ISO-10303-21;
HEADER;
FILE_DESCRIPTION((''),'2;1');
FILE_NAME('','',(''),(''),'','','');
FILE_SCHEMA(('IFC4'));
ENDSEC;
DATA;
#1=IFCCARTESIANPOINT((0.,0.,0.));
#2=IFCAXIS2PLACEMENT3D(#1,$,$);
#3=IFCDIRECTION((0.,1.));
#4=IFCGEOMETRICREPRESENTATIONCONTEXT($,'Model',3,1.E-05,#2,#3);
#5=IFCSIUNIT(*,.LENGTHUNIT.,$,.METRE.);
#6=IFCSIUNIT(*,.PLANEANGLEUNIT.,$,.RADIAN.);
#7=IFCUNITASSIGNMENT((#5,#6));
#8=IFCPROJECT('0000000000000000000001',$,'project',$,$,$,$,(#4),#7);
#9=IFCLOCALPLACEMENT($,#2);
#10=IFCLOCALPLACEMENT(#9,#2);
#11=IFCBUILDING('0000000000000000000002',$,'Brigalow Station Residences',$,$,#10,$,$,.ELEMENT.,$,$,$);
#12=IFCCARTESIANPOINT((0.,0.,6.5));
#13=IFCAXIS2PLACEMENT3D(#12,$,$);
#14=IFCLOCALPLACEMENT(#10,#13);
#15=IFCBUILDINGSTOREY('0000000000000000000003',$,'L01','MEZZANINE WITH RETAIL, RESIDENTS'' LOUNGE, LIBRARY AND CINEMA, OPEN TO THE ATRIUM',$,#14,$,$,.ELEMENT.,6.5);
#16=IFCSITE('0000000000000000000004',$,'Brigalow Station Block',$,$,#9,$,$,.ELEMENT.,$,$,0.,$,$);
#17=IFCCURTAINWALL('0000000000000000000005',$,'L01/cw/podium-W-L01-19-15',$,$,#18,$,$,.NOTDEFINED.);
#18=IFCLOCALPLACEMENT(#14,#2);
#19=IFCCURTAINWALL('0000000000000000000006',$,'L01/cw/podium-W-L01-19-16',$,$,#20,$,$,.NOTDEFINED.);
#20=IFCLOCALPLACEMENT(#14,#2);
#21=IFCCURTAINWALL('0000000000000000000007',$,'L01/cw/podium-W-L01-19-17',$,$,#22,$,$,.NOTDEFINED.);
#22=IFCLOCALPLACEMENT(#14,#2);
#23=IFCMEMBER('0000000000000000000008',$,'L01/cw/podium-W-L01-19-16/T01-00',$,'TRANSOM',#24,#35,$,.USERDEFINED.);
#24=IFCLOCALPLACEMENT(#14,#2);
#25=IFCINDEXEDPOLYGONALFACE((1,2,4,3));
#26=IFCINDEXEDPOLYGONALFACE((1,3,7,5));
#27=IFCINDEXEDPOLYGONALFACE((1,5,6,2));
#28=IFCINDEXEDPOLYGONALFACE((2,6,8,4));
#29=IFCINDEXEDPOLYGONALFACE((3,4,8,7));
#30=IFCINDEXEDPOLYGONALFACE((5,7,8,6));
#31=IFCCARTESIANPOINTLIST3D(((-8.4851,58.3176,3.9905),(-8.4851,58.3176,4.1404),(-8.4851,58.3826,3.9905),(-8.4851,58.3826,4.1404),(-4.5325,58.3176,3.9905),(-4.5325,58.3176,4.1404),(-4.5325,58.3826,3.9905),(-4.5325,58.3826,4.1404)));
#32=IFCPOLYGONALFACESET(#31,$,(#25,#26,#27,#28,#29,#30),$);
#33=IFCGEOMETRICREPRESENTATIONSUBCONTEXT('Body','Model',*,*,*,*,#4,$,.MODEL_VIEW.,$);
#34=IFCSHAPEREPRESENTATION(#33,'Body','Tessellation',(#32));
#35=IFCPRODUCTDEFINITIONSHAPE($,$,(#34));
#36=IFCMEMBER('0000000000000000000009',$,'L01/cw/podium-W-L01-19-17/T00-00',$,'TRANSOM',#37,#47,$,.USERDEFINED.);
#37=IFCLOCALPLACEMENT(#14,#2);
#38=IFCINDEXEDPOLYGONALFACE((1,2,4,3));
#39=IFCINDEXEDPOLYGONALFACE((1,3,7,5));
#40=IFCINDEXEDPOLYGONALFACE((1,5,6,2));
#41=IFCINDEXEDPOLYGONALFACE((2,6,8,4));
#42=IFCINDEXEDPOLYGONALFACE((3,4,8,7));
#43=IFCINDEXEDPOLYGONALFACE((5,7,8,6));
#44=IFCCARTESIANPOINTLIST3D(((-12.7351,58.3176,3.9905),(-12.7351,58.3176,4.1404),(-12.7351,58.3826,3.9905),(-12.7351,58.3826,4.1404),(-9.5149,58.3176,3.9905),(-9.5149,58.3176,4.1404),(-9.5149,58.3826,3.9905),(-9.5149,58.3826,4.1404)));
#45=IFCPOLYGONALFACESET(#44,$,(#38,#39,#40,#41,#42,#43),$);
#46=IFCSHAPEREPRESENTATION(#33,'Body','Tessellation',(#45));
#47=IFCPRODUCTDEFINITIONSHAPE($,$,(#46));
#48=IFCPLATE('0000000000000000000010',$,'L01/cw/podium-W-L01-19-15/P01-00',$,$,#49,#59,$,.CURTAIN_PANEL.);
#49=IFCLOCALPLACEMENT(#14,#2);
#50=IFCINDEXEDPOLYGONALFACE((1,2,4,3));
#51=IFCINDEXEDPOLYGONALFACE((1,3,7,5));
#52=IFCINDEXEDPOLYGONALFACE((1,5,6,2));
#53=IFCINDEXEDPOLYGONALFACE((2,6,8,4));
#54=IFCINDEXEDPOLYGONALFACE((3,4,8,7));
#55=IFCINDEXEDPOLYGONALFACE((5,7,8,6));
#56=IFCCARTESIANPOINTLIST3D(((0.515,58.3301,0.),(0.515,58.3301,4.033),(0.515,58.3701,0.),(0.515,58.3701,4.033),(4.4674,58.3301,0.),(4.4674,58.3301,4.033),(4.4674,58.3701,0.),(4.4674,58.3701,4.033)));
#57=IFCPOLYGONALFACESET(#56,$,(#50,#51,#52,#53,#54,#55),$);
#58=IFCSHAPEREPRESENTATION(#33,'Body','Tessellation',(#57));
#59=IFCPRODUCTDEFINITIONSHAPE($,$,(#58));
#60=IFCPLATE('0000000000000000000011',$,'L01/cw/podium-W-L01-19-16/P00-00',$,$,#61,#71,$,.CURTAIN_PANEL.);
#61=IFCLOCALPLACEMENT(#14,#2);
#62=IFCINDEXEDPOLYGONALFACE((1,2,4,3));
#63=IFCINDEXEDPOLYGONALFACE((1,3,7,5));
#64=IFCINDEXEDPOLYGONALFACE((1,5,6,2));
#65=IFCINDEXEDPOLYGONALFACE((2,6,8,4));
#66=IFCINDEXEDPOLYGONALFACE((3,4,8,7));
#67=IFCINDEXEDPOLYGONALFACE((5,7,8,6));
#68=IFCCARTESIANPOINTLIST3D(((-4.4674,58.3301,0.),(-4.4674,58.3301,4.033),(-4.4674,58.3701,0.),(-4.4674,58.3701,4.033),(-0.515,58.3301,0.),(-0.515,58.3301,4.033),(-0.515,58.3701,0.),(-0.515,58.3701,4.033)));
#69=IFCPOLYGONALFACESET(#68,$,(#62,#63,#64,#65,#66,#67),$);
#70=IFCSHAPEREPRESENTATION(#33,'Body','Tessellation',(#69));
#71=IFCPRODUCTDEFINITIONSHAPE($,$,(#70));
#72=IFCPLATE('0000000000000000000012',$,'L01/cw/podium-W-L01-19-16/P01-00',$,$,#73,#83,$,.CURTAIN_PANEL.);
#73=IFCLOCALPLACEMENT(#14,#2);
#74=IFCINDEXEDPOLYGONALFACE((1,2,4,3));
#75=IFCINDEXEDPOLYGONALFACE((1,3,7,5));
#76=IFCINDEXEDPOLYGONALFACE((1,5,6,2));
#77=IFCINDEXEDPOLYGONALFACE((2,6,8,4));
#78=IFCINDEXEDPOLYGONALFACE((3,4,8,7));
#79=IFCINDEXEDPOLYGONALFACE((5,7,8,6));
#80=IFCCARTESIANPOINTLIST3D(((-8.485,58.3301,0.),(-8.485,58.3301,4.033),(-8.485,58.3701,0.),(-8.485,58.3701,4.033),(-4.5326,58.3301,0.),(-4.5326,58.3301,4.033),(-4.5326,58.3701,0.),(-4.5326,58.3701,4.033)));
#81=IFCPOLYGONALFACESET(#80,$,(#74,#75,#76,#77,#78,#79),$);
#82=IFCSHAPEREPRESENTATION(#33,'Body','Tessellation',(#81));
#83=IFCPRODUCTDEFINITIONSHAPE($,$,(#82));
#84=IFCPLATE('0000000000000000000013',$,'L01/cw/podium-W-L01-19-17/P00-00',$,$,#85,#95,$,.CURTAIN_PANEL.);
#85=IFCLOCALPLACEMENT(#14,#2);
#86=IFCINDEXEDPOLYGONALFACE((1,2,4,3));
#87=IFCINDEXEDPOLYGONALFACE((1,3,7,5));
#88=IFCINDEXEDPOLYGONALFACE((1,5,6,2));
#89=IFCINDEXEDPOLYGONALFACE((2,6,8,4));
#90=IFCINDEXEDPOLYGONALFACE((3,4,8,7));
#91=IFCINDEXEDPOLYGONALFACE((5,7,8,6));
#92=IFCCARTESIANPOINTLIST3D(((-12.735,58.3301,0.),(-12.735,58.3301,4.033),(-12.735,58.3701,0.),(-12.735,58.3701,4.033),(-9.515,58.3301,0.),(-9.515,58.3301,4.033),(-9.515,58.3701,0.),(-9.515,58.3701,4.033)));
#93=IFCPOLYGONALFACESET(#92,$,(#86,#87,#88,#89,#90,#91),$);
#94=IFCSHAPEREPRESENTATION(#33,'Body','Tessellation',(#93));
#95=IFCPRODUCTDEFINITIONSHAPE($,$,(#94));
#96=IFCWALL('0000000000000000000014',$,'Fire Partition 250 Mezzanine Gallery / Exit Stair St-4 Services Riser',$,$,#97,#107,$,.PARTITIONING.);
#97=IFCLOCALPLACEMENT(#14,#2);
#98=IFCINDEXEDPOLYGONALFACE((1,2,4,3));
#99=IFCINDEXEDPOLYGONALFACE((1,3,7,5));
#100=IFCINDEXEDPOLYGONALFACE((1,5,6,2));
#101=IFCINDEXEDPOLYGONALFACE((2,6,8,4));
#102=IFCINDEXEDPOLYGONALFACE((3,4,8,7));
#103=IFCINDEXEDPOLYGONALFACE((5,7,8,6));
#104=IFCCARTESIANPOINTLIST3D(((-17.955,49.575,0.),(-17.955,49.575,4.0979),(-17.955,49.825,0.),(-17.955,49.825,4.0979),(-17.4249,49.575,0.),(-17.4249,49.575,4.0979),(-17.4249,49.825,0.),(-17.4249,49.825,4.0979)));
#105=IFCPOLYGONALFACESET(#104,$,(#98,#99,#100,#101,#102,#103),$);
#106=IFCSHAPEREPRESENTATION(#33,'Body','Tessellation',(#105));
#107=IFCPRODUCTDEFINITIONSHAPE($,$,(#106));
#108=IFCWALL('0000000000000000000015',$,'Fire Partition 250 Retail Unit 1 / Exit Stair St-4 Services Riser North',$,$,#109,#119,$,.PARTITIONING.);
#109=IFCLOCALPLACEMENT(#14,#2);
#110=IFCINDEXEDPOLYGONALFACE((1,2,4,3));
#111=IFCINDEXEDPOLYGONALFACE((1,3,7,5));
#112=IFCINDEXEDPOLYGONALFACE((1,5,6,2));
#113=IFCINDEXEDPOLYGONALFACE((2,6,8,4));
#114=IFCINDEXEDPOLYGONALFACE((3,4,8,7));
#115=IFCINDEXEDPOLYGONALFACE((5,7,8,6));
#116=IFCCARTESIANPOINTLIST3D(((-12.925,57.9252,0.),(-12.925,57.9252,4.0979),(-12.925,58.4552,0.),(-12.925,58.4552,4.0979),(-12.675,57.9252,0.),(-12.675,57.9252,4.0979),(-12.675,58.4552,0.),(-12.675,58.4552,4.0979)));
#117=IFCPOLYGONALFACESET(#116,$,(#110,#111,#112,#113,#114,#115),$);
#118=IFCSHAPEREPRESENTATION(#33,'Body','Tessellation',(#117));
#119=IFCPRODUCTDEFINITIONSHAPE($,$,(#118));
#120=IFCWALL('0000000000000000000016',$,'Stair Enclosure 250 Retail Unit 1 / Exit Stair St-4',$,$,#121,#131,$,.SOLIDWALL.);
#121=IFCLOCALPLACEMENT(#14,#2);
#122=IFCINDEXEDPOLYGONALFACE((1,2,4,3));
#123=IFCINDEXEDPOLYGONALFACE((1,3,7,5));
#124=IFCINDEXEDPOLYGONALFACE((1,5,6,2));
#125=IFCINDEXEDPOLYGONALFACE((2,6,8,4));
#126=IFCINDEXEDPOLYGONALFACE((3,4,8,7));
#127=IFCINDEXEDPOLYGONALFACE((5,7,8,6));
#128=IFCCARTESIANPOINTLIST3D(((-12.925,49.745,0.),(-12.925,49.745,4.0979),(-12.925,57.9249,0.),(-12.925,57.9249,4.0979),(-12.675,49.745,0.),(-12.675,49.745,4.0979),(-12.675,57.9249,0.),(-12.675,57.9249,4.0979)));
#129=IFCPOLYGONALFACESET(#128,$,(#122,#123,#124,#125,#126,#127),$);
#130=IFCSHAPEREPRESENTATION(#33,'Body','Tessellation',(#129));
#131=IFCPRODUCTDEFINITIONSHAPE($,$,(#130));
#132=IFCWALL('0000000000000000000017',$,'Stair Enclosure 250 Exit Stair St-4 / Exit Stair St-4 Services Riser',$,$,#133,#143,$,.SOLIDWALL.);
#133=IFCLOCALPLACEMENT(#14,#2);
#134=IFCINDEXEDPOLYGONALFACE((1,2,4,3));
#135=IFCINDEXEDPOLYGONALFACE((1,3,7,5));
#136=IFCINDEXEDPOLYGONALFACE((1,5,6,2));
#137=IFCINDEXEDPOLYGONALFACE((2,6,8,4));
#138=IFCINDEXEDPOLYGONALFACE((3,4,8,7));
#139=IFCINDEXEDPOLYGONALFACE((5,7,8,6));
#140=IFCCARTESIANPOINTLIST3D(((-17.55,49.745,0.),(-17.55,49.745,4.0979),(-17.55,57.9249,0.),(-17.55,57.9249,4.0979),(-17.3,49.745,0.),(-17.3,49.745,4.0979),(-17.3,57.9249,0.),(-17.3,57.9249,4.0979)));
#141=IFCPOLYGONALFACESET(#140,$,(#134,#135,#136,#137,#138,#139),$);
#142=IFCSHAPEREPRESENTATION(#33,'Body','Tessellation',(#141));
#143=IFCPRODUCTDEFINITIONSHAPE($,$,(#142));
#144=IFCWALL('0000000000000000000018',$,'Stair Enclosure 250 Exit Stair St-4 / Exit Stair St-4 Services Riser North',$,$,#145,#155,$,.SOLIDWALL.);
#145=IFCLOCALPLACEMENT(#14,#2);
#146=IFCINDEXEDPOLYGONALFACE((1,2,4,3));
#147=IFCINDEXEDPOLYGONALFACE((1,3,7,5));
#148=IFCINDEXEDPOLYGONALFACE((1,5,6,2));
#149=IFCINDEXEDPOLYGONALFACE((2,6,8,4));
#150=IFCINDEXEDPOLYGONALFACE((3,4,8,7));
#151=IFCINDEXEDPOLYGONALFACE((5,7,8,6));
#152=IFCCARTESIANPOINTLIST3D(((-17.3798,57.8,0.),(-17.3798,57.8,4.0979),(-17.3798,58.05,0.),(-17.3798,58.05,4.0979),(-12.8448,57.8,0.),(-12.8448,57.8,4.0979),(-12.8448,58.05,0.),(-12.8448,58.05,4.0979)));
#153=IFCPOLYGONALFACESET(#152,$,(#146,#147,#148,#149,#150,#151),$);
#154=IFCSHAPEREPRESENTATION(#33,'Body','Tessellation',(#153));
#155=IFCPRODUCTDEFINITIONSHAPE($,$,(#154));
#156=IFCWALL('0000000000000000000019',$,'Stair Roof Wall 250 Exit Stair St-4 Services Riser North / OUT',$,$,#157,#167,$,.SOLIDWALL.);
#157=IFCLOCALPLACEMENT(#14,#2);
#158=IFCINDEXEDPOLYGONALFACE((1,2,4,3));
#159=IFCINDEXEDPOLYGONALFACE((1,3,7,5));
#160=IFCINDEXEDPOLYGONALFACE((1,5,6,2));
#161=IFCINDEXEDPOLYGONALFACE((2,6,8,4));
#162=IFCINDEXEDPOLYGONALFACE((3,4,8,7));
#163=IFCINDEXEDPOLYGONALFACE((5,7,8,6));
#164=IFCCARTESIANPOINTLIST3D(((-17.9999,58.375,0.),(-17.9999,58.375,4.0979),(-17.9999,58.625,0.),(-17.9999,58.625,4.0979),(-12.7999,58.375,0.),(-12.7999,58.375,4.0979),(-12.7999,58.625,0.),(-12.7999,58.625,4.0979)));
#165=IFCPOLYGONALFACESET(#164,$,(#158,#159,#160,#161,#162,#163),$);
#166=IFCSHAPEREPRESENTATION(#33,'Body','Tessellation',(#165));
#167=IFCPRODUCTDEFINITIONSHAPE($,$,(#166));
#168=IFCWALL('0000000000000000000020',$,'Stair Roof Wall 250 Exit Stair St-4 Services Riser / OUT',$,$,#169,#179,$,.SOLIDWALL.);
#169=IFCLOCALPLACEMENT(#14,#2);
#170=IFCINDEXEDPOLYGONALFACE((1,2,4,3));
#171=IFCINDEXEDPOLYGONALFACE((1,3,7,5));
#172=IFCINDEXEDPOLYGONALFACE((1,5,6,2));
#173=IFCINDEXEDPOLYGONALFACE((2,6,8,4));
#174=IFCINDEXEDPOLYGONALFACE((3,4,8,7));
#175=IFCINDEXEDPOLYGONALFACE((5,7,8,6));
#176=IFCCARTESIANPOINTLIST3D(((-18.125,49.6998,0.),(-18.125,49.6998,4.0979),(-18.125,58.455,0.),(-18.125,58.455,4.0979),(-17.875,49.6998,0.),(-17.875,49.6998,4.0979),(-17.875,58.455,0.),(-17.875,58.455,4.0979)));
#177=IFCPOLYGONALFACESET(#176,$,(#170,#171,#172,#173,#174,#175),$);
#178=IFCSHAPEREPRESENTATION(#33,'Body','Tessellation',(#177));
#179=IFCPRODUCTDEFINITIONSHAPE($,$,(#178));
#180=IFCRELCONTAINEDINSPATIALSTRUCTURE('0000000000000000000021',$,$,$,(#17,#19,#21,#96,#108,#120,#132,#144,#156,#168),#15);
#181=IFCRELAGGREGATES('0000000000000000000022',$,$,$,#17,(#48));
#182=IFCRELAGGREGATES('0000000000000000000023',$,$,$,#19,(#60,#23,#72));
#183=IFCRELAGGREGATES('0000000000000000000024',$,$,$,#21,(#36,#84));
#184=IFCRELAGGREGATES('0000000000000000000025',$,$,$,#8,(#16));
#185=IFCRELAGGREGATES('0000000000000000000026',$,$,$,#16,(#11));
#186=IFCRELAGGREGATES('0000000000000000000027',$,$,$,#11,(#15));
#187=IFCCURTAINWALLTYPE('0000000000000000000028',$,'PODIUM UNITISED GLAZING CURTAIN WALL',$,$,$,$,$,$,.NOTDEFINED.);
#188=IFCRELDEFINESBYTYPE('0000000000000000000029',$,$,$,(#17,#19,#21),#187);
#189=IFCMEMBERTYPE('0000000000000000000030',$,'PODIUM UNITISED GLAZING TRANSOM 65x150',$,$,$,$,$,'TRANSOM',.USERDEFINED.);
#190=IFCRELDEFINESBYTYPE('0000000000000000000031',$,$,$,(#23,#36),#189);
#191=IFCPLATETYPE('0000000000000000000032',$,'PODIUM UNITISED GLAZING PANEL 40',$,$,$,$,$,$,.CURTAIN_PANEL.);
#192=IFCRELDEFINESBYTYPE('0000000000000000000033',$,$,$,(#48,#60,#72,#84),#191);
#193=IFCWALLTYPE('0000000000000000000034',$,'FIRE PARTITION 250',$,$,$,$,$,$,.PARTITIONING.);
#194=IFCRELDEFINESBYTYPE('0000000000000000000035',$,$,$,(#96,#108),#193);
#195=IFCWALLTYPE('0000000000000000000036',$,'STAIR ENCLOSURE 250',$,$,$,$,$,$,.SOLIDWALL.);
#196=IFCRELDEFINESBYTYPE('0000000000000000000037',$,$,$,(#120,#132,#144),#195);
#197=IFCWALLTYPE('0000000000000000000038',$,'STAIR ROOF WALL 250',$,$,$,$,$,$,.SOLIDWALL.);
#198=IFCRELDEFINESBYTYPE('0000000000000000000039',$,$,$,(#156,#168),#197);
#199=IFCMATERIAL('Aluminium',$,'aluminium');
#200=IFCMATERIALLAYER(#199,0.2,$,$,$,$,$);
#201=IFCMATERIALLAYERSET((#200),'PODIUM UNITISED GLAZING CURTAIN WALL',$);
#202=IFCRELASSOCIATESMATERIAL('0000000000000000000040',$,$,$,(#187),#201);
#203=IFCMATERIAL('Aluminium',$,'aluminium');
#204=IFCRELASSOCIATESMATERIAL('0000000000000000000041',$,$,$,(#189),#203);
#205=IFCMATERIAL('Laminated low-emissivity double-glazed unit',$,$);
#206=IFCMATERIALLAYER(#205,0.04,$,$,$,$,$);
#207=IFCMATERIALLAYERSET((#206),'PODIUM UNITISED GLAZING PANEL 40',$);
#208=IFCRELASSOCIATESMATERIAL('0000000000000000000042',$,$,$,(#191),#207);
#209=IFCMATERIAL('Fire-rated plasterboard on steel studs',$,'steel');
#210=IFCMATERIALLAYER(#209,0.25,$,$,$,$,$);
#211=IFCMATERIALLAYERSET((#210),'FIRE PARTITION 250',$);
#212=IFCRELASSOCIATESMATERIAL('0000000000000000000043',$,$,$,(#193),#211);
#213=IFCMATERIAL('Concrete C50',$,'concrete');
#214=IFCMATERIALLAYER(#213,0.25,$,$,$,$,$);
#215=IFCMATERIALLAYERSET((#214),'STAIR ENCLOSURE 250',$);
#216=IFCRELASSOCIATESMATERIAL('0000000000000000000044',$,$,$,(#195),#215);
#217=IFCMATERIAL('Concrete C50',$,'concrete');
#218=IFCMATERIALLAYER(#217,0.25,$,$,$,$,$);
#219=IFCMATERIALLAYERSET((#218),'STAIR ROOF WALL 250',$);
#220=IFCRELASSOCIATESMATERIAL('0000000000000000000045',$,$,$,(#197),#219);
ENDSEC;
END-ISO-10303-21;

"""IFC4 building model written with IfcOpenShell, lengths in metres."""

from ifc_helpers import new_model, si_unit, direction, frame, frame_2d, origin, origin_2d, place, context, subcontext, project, spatial, rectangle, extrude, material, layer, layer_set, material_profile, profile_set, type_object, element, aggregate, save


model = new_model("IFC4")

# Units and contexts
model_context = context("Model", 3, precision=1e-05, world=origin(), true_north=direction((0.0, 1.0)))
body_context = subcontext(model_context, "Body", "Model", "MODEL_VIEW")
ifc_project = project(units=[si_unit("LENGTHUNIT", "METRE"), si_unit("PLANEANGLEUNIT", "RADIAN")], contexts=[model_context])

# Site, building, storey
site_placement = place(None, origin())
site = spatial("IfcSite", under=ifc_project, at=site_placement, Name="Brigalow Station Block", CompositionType="ELEMENT", RefElevation=0.0)
building_placement = place(site_placement, origin())
building = spatial("IfcBuilding", under=site, at=building_placement, Name="Brigalow Station Residences", CompositionType="ELEMENT")
storey_placement = place(building_placement, frame((0.0, 0.0, 6.5)))
storey = spatial("IfcBuildingStorey", under=building, at=storey_placement, Name="L01", Description="MEZZANINE WITH RETAIL, RESIDENTS' LOUNGE, LIBRARY AND CINEMA, OPEN TO THE ATRIUM", CompositionType="ELEMENT", Elevation=6.5)

# Curtain wall
ifc_material_1 = material(Name="Aluminium", Category="aluminium")
ifc_layer_1 = layer(ifc_material_1, 0.2)
ifc_layer_set_1 = layer_set([ifc_layer_1], Name="PODIUM UNITISED GLAZING CURTAIN WALL")
curtain_wall_type = type_object("IfcCurtainWallType", Name="PODIUM UNITISED GLAZING CURTAIN WALL", PredefinedType="NOTDEFINED", material=ifc_layer_set_1)
curtain_wall_1_placement = place(storey_placement, origin())
curtain_wall_1 = element("IfcCurtainWall", 1, at=curtain_wall_1_placement, inside=storey, type_object=curtain_wall_type, Name="L01/cw/podium-W-L01-19-15", PredefinedType="NOTDEFINED")

# Curtain walls
curtain_wall_2_placement = place(storey_placement, origin())
curtain_wall_2 = element("IfcCurtainWall", 2, at=curtain_wall_2_placement, inside=storey, type_object=curtain_wall_type, Name="L01/cw/podium-W-L01-19-16", PredefinedType="NOTDEFINED")
curtain_wall_3_placement = place(storey_placement, origin())
curtain_wall_3 = element("IfcCurtainWall", 3, at=curtain_wall_3_placement, inside=storey, type_object=curtain_wall_type, Name="L01/cw/podium-W-L01-19-17", PredefinedType="NOTDEFINED")

# Members
ifc_material_2 = material(Name="Aluminium", Category="aluminium")
ifc_material_profile_1 = material_profile(ifc_material_2, rectangle(XDim=0.0649, YDim=0.1499, at=origin_2d()), Name="PODIUM UNITISED GLAZING TRANSOM 65x150")
ifc_profile_set_1 = profile_set([ifc_material_profile_1], Name="Aluminium")
member_type_1 = type_object("IfcMemberType", Name="PODIUM UNITISED GLAZING TRANSOM 65x150", ElementType="TRANSOM", PredefinedType="USERDEFINED", material=ifc_profile_set_1)
member_1_placement = place(storey_placement, frame((-4.5325, 58.3501, 4.0654), z_axis=(-1.0, 0.0, 0.0), x_axis=(0.0, -1.0, 0.0)))
member_1 = element("IfcMember", 4, at=member_1_placement, type_object=member_type_1, Name="L01/cw/podium-W-L01-19-16/T01-00", ObjectType="TRANSOM", PredefinedType="USERDEFINED", context=body_context, shape_type="SweptSolid", body=[
    extrude(rectangle(XDim=0.0649, YDim=0.1499, at=origin_2d()), origin(), (0.0, 0.0, 1.0), 3.9526),
])
member_2_placement = place(storey_placement, frame((-9.5149, 58.3501, 4.0654), z_axis=(-1.0, 0.0, 0.0), x_axis=(0.0, -1.0, 0.0)))
member_2 = element("IfcMember", 5, at=member_2_placement, type_object=member_type_1, Name="L01/cw/podium-W-L01-19-17/T00-00", ObjectType="TRANSOM", PredefinedType="USERDEFINED", context=body_context, shape_type="SweptSolid", body=[
    extrude(rectangle(XDim=0.0649, YDim=0.1499, at=origin_2d()), origin(), (0.0, 0.0, 1.0), 3.2202),
])

# Plates
ifc_material_3 = material(Name="Laminated low-emissivity double-glazed unit")
ifc_layer_2 = layer(ifc_material_3, 0.04)
ifc_layer_set_2 = layer_set([ifc_layer_2], Name="PODIUM UNITISED GLAZING PANEL 40")
plate_type = type_object("IfcPlateType", Name="PODIUM UNITISED GLAZING PANEL 40", PredefinedType="CURTAIN_PANEL", material=ifc_layer_set_2)
plate_1_placement = place(storey_placement, frame((2.4912, 58.3501, 0.0), z_axis=(0.0, 0.0, 1.0), x_axis=(-1.0, 0.0, 0.0)))
plate_1 = element("IfcPlate", 6, at=plate_1_placement, type_object=plate_type, Name="L01/cw/podium-W-L01-19-15/P01-00", PredefinedType="CURTAIN_PANEL", context=body_context, shape_type="SweptSolid", body=[
    extrude(rectangle(XDim=3.9524, YDim=0.04, at=origin_2d()), origin(), (0.0, 0.0, 1.0), 4.033),
])
aggregate(curtain_wall_1, [plate_1])
plate_2_placement = place(storey_placement, frame((-2.4912, 58.3501, 0.0), z_axis=(0.0, 0.0, 1.0), x_axis=(-1.0, 0.0, 0.0)))
plate_2 = element("IfcPlate", 7, at=plate_2_placement, type_object=plate_type, Name="L01/cw/podium-W-L01-19-16/P00-00", PredefinedType="CURTAIN_PANEL", context=body_context, shape_type="SweptSolid", body=[
    extrude(rectangle(XDim=3.9524, YDim=0.04, at=origin_2d()), origin(), (0.0, 0.0, 1.0), 4.033),
])
plate_3_placement = place(storey_placement, frame((-6.5088, 58.3501, 0.0), z_axis=(0.0, 0.0, 1.0), x_axis=(-1.0, 0.0, 0.0)))
plate_3 = element("IfcPlate", 8, at=plate_3_placement, type_object=plate_type, Name="L01/cw/podium-W-L01-19-16/P01-00", PredefinedType="CURTAIN_PANEL", context=body_context, shape_type="SweptSolid", body=[
    extrude(rectangle(XDim=3.9524, YDim=0.04, at=origin_2d()), origin(), (0.0, 0.0, 1.0), 4.033),
])
aggregate(curtain_wall_2, [plate_2, member_1, plate_3])
plate_4_placement = place(storey_placement, frame((-11.125, 58.3501, 0.0), z_axis=(0.0, 0.0, 1.0), x_axis=(-1.0, 0.0, 0.0)))
plate_4 = element("IfcPlate", 9, at=plate_4_placement, type_object=plate_type, Name="L01/cw/podium-W-L01-19-17/P00-00", PredefinedType="CURTAIN_PANEL", context=body_context, shape_type="SweptSolid", body=[
    extrude(rectangle(XDim=3.22, YDim=0.04, at=origin_2d()), origin(), (0.0, 0.0, 1.0), 4.033),
])
aggregate(curtain_wall_3, [member_2, plate_4])

# Walls
ifc_material_4 = material(Name="Fire-rated plasterboard on steel studs", Category="steel")
ifc_layer_3 = layer(ifc_material_4, 0.25)
ifc_layer_set_3 = layer_set([ifc_layer_3], Name="FIRE PARTITION 250")
wall_type_1 = type_object("IfcWallType", Name="FIRE PARTITION 250", PredefinedType="PARTITIONING", material=ifc_layer_set_3)
for number, where, z_axis, x_axis, name in (
    (10, (-17.9551, 49.7, 0.0), (0.0, 0.0, 1.0), (1.0, 0.0, 0.0), "Fire Partition 250 Mezzanine Gallery / Exit Stair St-4 Services Riser"),
    (11, (-12.8, 57.925, 0.0), (0.0, 0.0, 1.0), (0.0, 1.0, 0.0), "Fire Partition 250 Retail Unit 1 / Exit Stair St-4 Services Riser North"),
):
    element("IfcWall", number, at=place(storey_placement, frame(where, z_axis=z_axis, x_axis=x_axis)), inside=storey, type_object=wall_type_1, Name=name, PredefinedType="PARTITIONING", context=body_context, shape_type="SweptSolid", body=[
        extrude(rectangle(XDim=0.53, YDim=0.25, at=frame_2d((0.2651, 0.0))), origin(), (0.0, 0.0, 1.0), 4.0979),
    ])

# Shared definitions
ifc_material_5 = material(Name="Concrete C50", Category="concrete")
ifc_layer_4 = layer(ifc_material_5, 0.25)
ifc_layer_set_4 = layer_set([ifc_layer_4], Name="STAIR ENCLOSURE 250")
wall_type_2 = type_object("IfcWallType", Name="STAIR ENCLOSURE 250", PredefinedType="SOLIDWALL", material=ifc_layer_set_4)

# Walls
for number, where, z_axis, x_axis, name in (
    (12, (-12.8, 49.7451, 0.0), (0.0, 0.0, 1.0), (0.0, 1.0, 0.0), "Stair Enclosure 250 Retail Unit 1 / Exit Stair St-4"),
    (13, (-17.425, 49.7451, 0.0), (0.0, 0.0, 1.0), (0.0, 1.0, 0.0), "Stair Enclosure 250 Exit Stair St-4 / Exit Stair St-4 Services Riser"),
):
    element("IfcWall", number, at=place(storey_placement, frame(where, z_axis=z_axis, x_axis=x_axis)), inside=storey, type_object=wall_type_2, Name=name, PredefinedType="SOLIDWALL", context=body_context, shape_type="SweptSolid", body=[
        extrude(rectangle(XDim=8.1799, YDim=0.25, at=frame_2d((4.0898, 0.0))), origin(), (0.0, 0.0, 1.0), 4.0979),
    ])
wall_1_placement = place(storey_placement, frame((-17.3799, 57.925, 0.0), z_axis=(0.0, 0.0, 1.0), x_axis=(1.0, 0.0, 0.0)))
element("IfcWall", 14, at=wall_1_placement, inside=storey, type_object=wall_type_2, Name="Stair Enclosure 250 Exit Stair St-4 / Exit Stair St-4 Services Riser North", PredefinedType="SOLIDWALL", context=body_context, shape_type="SweptSolid", body=[
    extrude(rectangle(XDim=4.5349, YDim=0.25, at=frame_2d((2.2676, 0.0))), origin(), (0.0, 0.0, 1.0), 4.0979),
])
ifc_material_6 = material(Name="Concrete C50", Category="concrete")
ifc_layer_5 = layer(ifc_material_6, 0.25)
ifc_layer_set_5 = layer_set([ifc_layer_5], Name="STAIR ROOF WALL 250")
wall_type_3 = type_object("IfcWallType", Name="STAIR ROOF WALL 250", PredefinedType="SOLIDWALL", material=ifc_layer_set_5)
wall_2_placement = place(storey_placement, frame((-18.0, 58.5, 0.0), z_axis=(0.0, 0.0, 1.0), x_axis=(1.0, 0.0, 0.0)))
element("IfcWall", 15, at=wall_2_placement, inside=storey, type_object=wall_type_3, Name="Stair Roof Wall 250 Exit Stair St-4 Services Riser North / OUT", PredefinedType="SOLIDWALL", context=body_context, shape_type="SweptSolid", body=[
    extrude(rectangle(XDim=5.2, YDim=0.25, at=frame_2d((2.6001, 0.0))), origin(), (0.0, 0.0, 1.0), 4.0979),
])
wall_3_placement = place(storey_placement, frame((-18.0, 49.7, 0.0), z_axis=(0.0, 0.0, 1.0), x_axis=(0.0, 1.0, 0.0)))
element("IfcWall", 16, at=wall_3_placement, inside=storey, type_object=wall_type_3, Name="Stair Roof Wall 250 Exit Stair St-4 Services Riser / OUT", PredefinedType="SOLIDWALL", context=body_context, shape_type="SweptSolid", body=[
    extrude(rectangle(XDim=8.7551, YDim=0.25, at=frame_2d((4.3774, 0.0))), origin(), (0.0, 0.0, 1.0), 4.0979),
])

save(model, "model.ifc")
